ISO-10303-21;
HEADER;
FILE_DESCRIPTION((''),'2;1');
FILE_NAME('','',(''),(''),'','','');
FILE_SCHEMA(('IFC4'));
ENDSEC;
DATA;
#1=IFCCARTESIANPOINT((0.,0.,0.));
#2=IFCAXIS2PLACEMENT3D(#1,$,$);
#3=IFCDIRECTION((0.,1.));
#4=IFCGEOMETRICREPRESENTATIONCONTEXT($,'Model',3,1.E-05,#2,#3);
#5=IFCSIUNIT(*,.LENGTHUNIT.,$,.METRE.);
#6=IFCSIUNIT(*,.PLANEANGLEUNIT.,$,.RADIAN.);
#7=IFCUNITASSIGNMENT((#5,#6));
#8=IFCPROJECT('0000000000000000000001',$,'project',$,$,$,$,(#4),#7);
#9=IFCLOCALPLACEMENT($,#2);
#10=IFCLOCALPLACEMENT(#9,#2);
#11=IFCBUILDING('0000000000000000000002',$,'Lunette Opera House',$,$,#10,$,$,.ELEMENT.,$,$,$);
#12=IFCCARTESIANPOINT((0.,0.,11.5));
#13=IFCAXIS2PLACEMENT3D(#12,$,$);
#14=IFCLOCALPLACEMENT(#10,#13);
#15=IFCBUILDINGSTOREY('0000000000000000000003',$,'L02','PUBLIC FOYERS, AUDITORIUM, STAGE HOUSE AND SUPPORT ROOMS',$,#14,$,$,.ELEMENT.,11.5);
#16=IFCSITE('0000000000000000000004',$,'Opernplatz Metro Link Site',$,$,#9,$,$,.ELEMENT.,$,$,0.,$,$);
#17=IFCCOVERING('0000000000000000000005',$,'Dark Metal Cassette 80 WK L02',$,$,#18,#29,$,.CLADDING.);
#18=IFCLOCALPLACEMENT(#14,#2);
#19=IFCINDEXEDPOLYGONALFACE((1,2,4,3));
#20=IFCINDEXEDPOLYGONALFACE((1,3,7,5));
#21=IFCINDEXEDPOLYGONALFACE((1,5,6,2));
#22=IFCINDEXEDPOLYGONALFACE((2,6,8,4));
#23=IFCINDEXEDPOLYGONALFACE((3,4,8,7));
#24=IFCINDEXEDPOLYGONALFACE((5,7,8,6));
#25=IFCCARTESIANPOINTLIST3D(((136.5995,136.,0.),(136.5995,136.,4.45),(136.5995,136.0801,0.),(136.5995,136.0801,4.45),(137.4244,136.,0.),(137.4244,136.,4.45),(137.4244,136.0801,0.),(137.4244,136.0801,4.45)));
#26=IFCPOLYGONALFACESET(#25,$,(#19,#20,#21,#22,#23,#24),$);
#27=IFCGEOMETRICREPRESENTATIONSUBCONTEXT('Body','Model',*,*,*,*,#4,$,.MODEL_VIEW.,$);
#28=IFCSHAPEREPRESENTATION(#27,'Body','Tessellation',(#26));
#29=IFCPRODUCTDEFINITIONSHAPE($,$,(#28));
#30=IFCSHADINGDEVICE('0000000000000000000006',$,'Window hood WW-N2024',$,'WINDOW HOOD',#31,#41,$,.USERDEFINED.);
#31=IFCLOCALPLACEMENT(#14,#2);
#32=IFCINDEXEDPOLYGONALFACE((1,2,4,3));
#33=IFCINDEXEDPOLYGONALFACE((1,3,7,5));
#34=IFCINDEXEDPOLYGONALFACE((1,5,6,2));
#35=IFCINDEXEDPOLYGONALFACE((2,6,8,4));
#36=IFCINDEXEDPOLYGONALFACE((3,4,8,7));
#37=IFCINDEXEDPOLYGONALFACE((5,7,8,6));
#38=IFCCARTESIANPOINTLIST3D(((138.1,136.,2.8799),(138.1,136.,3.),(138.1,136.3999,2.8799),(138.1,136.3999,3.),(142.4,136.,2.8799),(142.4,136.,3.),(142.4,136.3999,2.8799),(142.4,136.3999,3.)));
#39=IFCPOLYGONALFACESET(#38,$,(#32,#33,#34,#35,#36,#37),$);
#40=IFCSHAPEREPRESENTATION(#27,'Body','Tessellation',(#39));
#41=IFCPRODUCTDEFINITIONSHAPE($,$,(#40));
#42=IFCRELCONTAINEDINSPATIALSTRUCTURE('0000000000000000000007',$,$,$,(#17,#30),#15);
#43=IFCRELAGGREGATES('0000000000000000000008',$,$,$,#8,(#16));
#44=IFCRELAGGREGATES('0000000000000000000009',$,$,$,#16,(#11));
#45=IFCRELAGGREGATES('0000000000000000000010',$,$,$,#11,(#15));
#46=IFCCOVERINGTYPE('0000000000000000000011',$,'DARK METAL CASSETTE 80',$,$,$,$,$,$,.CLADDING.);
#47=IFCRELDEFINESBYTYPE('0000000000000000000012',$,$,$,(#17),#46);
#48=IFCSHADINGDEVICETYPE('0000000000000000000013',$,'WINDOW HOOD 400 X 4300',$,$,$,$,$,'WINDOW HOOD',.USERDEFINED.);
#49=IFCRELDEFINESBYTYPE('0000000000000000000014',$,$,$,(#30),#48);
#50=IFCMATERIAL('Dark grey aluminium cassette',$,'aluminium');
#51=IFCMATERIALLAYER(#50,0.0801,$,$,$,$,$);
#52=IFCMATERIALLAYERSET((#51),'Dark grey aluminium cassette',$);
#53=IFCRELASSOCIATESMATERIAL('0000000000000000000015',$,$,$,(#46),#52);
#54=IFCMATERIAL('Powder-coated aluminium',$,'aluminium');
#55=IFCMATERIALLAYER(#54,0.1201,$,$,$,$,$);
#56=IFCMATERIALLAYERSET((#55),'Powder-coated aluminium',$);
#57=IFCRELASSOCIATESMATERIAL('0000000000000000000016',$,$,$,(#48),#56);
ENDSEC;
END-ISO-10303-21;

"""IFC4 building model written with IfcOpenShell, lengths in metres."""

from ifc_helpers import new_model, si_unit, direction, frame, origin, origin_2d, place, context, subcontext, project, spatial, rectangle, extrude, material, layer, layer_set, type_object, element, save


model = new_model("IFC4")

# Units and contexts
model_context = context("Model", 3, precision=1e-05, world=origin(), true_north=direction((0.0, 1.0)))
body_context = subcontext(model_context, "Body", "Model", "MODEL_VIEW")
ifc_project = project(units=[si_unit("LENGTHUNIT", "METRE"), si_unit("PLANEANGLEUNIT", "RADIAN")], contexts=[model_context])

# Site, building, storey
site_placement = place(None, origin())
site = spatial("IfcSite", under=ifc_project, at=site_placement, Name="Opernplatz Metro Link Site", CompositionType="ELEMENT", RefElevation=0.0)
building_placement = place(site_placement, origin())
building = spatial("IfcBuilding", under=site, at=building_placement, Name="Lunette Opera House", CompositionType="ELEMENT")
storey_placement = place(building_placement, frame((0.0, 0.0, 11.5)))
storey = spatial("IfcBuildingStorey", under=building, at=storey_placement, Name="L02", Description="PUBLIC FOYERS, AUDITORIUM, STAGE HOUSE AND SUPPORT ROOMS", CompositionType="ELEMENT", Elevation=11.5)

# Covering
ifc_material_1 = material(Name="Dark grey aluminium cassette", Category="aluminium")
ifc_layer_1 = layer(ifc_material_1, 0.0801)
ifc_layer_set_1 = layer_set([ifc_layer_1], Name="Dark grey aluminium cassette")
covering_type = type_object("IfcCoveringType", Name="DARK METAL CASSETTE 80", PredefinedType="CLADDING", material=ifc_layer_set_1)
for number, where, z_axis, x_axis, name in (
    (1, (137.012, 136.04, 0.0), (0.0, 0.0, 1.0), (-1.0, 0.0, 0.0), "Dark Metal Cassette 80 WK L02"),
):
    element("IfcCovering", number, at=place(storey_placement, frame(where, z_axis=z_axis, x_axis=x_axis)), inside=storey, type_object=covering_type, Name=name, PredefinedType="CLADDING", context=body_context, shape_type="SweptSolid", body=[
        extrude(rectangle(XDim=0.825, YDim=0.0801, at=origin_2d()), origin(), (0.0, 0.0, 1.0), 4.45),
    ])

# Shading device
ifc_material_2 = material(Name="Powder-coated aluminium", Category="aluminium")
ifc_layer_2 = layer(ifc_material_2, 0.1201)
ifc_layer_set_2 = layer_set([ifc_layer_2], Name="Powder-coated aluminium")
shading_device_type = type_object("IfcShadingDeviceType", Name="WINDOW HOOD 400 X 4300", ElementType="WINDOW HOOD", PredefinedType="USERDEFINED", material=ifc_layer_set_2)
shading_device_placement = place(storey_placement, frame((140.25, 136.2, 2.8799), z_axis=(0.0, 0.0, 1.0), x_axis=(0.0, 1.0, 0.0)))
element("IfcShadingDevice", 2, at=shading_device_placement, inside=storey, type_object=shading_device_type, Name="Window hood WW-N2024", ObjectType="WINDOW HOOD", PredefinedType="USERDEFINED", context=body_context, shape_type="SweptSolid", body=[
    extrude(rectangle(XDim=0.3999, YDim=4.3, at=origin_2d()), origin(), (0.0, 0.0, 1.0), 0.1201),
])

save(model, "model.ifc")
